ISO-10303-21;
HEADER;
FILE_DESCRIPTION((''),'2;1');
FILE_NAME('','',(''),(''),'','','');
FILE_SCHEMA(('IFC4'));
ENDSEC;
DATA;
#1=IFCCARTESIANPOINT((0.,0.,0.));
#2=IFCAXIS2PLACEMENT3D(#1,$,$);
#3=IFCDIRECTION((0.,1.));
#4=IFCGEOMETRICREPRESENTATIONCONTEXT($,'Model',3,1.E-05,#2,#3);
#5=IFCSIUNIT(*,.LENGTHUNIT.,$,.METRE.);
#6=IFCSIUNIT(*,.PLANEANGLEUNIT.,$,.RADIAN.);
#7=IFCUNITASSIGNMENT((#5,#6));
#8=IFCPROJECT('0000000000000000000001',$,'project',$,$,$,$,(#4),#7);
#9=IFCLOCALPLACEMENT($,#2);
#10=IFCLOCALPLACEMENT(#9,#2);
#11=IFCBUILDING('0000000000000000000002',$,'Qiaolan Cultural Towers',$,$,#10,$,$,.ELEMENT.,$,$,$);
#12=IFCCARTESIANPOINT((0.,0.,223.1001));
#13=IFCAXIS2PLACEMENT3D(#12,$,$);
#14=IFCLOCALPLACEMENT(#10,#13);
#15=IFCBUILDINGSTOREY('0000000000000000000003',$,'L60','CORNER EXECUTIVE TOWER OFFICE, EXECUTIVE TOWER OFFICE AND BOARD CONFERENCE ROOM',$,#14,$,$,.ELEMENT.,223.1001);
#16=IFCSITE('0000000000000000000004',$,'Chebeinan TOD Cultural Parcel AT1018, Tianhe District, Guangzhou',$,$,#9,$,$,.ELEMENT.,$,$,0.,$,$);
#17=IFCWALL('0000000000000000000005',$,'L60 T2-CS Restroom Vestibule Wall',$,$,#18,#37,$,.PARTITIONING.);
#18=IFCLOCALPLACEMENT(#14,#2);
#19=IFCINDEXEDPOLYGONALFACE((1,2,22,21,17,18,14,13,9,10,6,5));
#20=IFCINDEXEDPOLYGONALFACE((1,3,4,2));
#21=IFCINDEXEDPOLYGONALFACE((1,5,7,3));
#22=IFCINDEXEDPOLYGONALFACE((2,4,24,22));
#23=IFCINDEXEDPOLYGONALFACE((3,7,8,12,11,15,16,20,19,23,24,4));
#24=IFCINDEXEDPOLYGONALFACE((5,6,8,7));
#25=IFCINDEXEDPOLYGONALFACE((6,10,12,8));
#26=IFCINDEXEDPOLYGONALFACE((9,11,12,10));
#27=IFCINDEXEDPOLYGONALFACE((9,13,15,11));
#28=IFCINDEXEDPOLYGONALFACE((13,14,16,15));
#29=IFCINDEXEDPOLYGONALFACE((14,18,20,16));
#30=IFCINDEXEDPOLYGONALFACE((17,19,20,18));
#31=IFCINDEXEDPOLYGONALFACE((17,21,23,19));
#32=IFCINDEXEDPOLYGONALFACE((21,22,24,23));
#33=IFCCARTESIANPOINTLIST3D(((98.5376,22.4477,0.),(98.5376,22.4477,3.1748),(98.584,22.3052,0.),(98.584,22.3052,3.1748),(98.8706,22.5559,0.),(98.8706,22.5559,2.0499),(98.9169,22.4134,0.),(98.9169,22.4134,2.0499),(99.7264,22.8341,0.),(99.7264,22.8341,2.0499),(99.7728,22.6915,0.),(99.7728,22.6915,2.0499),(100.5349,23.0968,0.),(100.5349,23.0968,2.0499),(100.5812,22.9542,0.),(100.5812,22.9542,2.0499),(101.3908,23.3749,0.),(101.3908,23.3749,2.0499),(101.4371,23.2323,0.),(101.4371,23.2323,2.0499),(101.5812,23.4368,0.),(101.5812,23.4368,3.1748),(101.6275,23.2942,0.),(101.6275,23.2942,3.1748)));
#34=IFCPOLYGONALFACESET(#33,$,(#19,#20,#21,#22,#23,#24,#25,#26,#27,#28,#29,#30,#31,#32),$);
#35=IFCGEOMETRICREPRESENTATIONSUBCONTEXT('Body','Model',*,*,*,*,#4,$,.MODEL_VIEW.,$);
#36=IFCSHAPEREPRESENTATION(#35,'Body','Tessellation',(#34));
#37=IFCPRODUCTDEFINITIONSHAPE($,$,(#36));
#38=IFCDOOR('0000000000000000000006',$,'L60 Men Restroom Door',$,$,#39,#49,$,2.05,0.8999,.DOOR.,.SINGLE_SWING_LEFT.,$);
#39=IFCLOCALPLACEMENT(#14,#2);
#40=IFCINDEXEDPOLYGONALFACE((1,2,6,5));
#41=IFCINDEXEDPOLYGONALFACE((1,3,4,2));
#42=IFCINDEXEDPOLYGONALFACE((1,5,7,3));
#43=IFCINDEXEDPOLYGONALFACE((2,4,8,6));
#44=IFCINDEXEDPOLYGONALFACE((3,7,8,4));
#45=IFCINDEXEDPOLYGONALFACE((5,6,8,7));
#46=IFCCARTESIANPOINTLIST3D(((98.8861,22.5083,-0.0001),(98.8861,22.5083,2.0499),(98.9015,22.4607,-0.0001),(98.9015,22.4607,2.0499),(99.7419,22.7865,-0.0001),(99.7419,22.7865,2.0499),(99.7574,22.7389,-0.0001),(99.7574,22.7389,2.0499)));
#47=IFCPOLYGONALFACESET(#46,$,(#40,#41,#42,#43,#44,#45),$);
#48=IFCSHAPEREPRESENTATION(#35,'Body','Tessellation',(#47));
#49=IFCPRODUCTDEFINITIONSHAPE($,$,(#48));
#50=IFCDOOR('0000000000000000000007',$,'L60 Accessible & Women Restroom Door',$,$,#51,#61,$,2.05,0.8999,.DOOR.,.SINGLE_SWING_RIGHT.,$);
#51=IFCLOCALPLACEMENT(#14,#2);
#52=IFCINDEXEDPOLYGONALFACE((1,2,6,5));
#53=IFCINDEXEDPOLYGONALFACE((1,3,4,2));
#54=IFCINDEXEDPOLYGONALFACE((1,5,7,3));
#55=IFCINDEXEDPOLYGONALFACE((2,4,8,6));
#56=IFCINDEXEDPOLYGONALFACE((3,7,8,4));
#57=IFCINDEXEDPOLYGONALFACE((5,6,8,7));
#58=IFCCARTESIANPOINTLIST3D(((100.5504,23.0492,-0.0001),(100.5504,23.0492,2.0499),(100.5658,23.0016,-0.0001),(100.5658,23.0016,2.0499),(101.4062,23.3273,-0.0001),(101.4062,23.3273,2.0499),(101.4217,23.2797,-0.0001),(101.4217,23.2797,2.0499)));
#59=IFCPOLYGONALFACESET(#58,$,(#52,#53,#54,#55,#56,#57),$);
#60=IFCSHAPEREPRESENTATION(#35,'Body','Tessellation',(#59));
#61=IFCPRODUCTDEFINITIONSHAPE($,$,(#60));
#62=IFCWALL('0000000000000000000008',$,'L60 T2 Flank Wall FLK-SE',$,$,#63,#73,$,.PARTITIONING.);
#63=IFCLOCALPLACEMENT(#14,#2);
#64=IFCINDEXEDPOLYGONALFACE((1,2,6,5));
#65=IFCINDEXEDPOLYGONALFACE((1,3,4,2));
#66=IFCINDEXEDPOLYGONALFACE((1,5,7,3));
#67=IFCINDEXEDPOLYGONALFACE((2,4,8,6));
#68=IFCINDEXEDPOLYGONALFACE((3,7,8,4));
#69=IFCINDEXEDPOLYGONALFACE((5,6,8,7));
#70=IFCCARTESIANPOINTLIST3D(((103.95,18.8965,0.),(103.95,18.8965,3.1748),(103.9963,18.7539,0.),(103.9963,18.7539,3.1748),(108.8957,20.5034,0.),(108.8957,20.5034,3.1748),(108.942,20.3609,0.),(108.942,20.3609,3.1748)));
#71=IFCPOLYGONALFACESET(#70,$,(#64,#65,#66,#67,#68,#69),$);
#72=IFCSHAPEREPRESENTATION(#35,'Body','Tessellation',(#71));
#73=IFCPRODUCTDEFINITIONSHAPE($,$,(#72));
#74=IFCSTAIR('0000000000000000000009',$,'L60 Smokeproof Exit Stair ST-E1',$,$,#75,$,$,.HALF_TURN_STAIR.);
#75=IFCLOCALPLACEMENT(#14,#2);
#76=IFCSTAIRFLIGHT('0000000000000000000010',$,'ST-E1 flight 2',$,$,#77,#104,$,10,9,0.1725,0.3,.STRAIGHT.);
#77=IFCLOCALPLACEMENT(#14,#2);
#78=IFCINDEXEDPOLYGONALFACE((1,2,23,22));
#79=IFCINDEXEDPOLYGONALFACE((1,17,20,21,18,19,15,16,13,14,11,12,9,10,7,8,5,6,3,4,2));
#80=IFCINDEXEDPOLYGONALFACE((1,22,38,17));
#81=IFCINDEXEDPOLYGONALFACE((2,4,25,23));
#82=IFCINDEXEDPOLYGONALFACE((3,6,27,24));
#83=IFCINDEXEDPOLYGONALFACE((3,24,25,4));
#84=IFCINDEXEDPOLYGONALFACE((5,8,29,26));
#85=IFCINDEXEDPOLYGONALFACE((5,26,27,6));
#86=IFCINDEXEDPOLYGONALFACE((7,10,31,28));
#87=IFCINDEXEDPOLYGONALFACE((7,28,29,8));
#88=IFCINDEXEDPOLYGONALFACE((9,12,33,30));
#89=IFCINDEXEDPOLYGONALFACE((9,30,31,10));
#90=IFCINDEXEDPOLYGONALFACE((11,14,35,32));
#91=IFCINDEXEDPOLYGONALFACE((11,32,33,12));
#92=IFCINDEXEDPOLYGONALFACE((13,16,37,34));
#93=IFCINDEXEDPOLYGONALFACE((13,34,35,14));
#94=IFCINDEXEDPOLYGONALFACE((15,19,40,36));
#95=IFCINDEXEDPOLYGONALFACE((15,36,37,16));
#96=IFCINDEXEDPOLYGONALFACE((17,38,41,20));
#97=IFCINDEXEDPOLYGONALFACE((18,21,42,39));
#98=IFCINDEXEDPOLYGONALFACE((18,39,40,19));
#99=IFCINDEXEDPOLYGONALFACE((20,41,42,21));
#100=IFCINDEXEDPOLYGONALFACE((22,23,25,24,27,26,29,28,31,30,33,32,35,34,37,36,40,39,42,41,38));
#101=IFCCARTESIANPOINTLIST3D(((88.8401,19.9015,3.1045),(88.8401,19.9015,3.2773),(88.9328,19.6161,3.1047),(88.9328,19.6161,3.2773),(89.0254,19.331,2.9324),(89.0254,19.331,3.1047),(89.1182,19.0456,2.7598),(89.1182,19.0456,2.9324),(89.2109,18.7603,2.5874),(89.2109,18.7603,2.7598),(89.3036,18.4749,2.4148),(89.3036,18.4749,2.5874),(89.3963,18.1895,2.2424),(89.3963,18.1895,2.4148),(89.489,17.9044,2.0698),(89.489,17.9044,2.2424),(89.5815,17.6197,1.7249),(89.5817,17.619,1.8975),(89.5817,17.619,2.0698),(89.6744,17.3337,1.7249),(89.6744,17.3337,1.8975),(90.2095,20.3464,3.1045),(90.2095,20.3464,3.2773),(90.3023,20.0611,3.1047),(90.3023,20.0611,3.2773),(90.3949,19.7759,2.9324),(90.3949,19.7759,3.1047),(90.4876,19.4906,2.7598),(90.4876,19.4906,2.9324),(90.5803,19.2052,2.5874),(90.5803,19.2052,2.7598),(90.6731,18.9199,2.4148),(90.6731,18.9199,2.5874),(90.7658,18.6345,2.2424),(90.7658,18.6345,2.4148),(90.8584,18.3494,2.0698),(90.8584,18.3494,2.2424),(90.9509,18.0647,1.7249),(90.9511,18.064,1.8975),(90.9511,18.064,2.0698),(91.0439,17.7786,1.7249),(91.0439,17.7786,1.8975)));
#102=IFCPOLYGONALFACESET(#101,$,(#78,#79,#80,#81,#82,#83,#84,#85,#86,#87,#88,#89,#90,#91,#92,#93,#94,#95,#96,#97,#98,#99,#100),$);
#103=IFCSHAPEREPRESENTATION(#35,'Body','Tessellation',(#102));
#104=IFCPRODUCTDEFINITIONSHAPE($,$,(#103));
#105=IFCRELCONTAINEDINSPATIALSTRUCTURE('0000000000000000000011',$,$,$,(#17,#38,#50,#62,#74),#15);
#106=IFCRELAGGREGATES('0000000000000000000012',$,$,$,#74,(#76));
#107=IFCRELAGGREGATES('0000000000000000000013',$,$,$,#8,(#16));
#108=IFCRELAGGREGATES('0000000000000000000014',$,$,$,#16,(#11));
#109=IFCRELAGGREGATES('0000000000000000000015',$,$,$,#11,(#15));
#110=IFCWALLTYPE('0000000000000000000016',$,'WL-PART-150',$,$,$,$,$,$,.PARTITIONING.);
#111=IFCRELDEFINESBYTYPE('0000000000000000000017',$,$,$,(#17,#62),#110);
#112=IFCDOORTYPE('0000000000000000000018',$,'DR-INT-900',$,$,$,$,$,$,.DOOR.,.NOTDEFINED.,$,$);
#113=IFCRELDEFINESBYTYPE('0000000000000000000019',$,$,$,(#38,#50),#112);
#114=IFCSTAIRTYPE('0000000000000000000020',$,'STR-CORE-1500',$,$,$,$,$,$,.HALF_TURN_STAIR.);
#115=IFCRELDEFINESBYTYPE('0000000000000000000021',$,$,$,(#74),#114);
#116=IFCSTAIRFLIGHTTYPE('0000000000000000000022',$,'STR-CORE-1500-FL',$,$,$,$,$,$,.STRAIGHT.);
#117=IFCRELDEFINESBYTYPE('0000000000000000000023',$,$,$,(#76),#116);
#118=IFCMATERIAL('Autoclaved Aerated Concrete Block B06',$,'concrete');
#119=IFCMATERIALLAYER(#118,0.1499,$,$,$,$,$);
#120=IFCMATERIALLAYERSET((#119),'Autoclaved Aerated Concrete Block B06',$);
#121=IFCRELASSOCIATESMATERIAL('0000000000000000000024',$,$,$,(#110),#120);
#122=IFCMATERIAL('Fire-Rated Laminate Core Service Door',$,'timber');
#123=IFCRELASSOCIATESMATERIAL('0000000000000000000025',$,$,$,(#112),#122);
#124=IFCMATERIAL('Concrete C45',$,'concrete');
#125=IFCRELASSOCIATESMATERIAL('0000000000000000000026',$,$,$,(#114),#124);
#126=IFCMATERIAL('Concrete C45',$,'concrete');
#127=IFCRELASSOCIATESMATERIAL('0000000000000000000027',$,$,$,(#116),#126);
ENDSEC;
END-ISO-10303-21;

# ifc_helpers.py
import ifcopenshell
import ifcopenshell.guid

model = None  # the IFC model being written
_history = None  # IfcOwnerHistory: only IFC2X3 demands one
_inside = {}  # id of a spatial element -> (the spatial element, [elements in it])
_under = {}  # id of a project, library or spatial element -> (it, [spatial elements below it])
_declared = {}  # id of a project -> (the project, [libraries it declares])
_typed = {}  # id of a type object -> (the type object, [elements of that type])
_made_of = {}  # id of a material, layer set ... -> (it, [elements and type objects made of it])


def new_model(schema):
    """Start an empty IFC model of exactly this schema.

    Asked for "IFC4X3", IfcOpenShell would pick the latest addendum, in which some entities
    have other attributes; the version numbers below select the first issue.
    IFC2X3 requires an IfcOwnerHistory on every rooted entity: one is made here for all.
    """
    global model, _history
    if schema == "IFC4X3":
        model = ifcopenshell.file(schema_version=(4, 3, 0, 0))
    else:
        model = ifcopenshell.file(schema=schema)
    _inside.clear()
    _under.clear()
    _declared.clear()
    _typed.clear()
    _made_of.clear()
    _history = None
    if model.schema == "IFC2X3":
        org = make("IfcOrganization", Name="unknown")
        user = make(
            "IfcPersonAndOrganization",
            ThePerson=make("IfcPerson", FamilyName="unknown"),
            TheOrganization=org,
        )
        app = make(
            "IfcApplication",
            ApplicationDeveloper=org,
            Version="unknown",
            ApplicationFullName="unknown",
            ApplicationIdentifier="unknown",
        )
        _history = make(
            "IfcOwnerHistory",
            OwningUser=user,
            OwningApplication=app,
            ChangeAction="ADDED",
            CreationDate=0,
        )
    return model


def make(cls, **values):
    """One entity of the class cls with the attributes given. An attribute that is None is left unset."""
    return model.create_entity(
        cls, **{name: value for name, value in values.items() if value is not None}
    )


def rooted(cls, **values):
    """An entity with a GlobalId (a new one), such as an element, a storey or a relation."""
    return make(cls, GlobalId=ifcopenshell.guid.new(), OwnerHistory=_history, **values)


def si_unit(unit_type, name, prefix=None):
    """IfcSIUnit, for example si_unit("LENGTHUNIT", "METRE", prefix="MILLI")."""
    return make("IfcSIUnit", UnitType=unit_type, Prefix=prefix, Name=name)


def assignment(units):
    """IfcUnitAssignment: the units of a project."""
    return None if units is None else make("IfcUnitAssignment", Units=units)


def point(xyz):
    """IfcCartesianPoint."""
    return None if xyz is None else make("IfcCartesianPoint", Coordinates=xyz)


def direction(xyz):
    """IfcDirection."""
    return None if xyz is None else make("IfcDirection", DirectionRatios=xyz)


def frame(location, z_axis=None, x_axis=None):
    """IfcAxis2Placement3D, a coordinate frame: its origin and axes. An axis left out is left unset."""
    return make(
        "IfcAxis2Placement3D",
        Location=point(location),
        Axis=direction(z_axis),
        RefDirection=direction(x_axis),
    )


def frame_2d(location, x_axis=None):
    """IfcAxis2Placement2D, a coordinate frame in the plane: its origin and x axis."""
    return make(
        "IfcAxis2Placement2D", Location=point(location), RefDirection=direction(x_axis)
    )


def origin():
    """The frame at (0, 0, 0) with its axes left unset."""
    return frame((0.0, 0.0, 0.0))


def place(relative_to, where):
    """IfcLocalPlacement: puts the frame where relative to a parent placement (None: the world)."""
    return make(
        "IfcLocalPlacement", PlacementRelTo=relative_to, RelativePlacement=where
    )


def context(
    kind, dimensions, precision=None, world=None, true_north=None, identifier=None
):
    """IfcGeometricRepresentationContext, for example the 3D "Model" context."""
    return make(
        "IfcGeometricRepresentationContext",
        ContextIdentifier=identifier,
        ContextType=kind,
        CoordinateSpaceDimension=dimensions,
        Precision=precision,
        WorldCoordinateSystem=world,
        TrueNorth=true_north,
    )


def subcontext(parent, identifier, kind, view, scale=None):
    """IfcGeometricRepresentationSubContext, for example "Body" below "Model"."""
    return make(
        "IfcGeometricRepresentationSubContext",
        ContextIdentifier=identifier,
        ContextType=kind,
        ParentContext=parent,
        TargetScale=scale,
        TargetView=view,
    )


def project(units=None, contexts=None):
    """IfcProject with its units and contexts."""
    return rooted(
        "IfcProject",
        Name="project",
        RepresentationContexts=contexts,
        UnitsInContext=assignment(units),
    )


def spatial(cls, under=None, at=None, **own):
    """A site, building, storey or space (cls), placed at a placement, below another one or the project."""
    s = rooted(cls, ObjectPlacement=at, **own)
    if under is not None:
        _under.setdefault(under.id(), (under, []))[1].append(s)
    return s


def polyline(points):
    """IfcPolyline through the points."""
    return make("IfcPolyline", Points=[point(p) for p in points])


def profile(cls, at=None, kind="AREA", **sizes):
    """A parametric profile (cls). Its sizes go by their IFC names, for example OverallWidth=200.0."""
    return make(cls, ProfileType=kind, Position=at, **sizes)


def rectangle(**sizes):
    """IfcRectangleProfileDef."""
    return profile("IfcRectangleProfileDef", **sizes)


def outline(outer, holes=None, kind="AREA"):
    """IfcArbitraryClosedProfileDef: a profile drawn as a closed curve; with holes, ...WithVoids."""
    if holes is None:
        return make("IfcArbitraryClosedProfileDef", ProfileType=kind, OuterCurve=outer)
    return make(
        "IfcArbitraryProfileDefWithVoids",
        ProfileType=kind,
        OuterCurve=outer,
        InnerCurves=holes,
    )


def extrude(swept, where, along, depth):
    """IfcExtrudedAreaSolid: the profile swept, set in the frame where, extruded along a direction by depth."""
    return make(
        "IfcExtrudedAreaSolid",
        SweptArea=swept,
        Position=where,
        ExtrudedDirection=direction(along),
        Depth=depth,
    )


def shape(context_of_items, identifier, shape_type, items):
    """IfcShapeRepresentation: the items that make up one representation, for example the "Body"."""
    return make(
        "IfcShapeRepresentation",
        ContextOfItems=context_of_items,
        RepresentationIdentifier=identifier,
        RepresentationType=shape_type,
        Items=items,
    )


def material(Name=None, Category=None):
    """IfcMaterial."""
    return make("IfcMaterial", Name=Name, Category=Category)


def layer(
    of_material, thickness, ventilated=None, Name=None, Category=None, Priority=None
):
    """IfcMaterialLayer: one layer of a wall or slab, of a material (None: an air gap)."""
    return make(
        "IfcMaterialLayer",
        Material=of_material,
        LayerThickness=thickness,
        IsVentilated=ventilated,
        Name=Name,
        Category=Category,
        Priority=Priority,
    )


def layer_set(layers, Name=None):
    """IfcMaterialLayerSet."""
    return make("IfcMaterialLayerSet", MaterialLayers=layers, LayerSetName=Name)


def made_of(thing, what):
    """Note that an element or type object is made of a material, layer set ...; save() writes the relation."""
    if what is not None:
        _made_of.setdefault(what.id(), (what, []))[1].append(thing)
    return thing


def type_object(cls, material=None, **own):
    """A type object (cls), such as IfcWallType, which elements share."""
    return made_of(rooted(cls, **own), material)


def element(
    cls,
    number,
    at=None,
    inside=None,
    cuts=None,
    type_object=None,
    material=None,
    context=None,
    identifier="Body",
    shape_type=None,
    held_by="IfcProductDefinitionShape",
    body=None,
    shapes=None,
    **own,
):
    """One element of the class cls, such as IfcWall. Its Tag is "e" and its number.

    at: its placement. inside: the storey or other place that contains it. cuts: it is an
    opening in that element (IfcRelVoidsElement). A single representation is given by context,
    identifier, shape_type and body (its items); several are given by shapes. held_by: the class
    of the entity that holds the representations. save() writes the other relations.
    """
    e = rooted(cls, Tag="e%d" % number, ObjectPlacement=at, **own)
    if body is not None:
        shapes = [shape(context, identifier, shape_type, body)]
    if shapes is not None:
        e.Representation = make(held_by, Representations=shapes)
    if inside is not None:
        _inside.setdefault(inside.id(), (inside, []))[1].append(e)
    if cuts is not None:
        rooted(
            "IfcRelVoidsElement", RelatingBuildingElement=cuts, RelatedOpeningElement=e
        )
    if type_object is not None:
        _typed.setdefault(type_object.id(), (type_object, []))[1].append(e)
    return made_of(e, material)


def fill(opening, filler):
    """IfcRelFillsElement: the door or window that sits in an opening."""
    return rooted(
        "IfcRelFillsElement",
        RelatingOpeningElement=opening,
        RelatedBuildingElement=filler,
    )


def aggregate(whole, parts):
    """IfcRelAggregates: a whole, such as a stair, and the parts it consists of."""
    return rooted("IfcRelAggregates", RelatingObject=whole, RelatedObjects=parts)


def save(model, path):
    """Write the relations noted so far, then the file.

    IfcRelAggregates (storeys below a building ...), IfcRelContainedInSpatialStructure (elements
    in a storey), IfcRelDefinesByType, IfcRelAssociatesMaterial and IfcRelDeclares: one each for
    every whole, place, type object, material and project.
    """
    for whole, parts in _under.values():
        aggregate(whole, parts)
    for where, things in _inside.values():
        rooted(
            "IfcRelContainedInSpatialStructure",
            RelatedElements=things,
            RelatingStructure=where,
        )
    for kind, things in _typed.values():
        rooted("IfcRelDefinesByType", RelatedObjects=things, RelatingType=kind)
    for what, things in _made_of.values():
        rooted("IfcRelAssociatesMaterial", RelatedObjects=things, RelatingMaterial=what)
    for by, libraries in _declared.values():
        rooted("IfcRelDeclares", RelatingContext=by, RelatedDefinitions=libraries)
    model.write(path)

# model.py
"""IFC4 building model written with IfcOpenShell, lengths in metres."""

from ifc_helpers import new_model, si_unit, direction, frame, frame_2d, origin, place, context, subcontext, project, spatial, polyline, rectangle, outline, extrude, material, layer, layer_set, type_object, element, fill, aggregate, save


model = new_model("IFC4")

# Units and contexts
model_context = context("Model", 3, precision=1e-05, world=origin(), true_north=direction((0.0, 1.0)))
body_context = subcontext(model_context, "Body", "Model", "MODEL_VIEW")
ifc_project = project(units=[si_unit("LENGTHUNIT", "METRE"), si_unit("PLANEANGLEUNIT", "RADIAN")], contexts=[model_context])

# Site, building, storey
site_placement = place(None, origin())
site = spatial("IfcSite", under=ifc_project, at=site_placement, Name="Chebeinan TOD Cultural Parcel AT1018, Tianhe District, Guangzhou", CompositionType="ELEMENT", RefElevation=0.0)
building_placement = place(site_placement, origin())
building = spatial("IfcBuilding", under=site, at=building_placement, Name="Qiaolan Cultural Towers", CompositionType="ELEMENT")
storey_placement = place(building_placement, frame((0.0, 0.0, 223.1001)))
storey = spatial("IfcBuildingStorey", under=building, at=storey_placement, Name="L60", Description="CORNER EXECUTIVE TOWER OFFICE, EXECUTIVE TOWER OFFICE AND BOARD CONFERENCE ROOM", CompositionType="ELEMENT", Elevation=223.1001)

# Wall, openings, doors
ifc_material_1 = material(Name="Autoclaved Aerated Concrete Block B06", Category="concrete")
ifc_layer_1 = layer(ifc_material_1, 0.1499)
ifc_layer_set_1 = layer_set([ifc_layer_1], Name="Autoclaved Aerated Concrete Block B06")
wall_type_1 = type_object("IfcWallType", Name="WL-PART-150", PredefinedType="PARTITIONING", material=ifc_layer_set_1)
wall_1_placement = place(storey_placement, frame((98.5608, 22.3765, 0.0), z_axis=(0.0, 0.0, 1.0), x_axis=(0.951044, 0.309055, 0.0)))
wall_1 = element("IfcWall", 1, at=wall_1_placement, inside=storey, type_object=wall_type_1, Name="L60 T2-CS Restroom Vestibule Wall", PredefinedType="PARTITIONING", context=body_context, shape_type="SweptSolid", body=[
    extrude(rectangle(XDim=3.2002, YDim=0.1499, at=frame_2d((1.6001, 0.0))), origin(), (0.0, 0.0, 1.0), 3.1748),
])
opening_1_placement = place(wall_1_placement, frame((0.3501, 0.0, 0.0)))
opening_1 = element("IfcOpeningElement", 2, at=opening_1_placement, cuts=wall_1, PredefinedType="OPENING", context=body_context, shape_type="SweptSolid", body=[
    extrude(rectangle(XDim=0.8999, YDim=2.05, at=frame_2d((0.45, 1.0249))), frame((0.0, 0.085, 0.0), z_axis=(0.0, -1.0, 0.0), x_axis=(1.0, 0.0, 0.0)), (0.0, 0.0, 1.0), 0.1699),
])
opening_2_placement = place(wall_1_placement, frame((2.1001, 0.0, 0.0)))
opening_2 = element("IfcOpeningElement", 3, at=opening_2_placement, cuts=wall_1, PredefinedType="OPENING", context=body_context, shape_type="SweptSolid", body=[
    extrude(rectangle(XDim=0.8999, YDim=2.05, at=frame_2d((0.45, 1.0249))), frame((0.0, 0.085, 0.0), z_axis=(0.0, -1.0, 0.0), x_axis=(1.0, 0.0, 0.0)), (0.0, 0.0, 1.0), 0.1699),
])
ifc_material_2 = material(Name="Fire-Rated Laminate Core Service Door", Category="timber")
door_type_1 = type_object("IfcDoorType", Name="DR-INT-900", OperationType="NOTDEFINED", PredefinedType="DOOR", material=ifc_material_2)
door_1_placement = place(opening_1_placement, origin())
door_1 = element("IfcDoor", 4, at=door_1_placement, inside=storey, type_object=door_type_1, Name="L60 Men Restroom Door", OperationType="SINGLE_SWING_LEFT", OverallHeight=2.05, OverallWidth=0.8999, PredefinedType="DOOR", context=body_context, shape_type="SweptSolid", body=[
    extrude(rectangle(XDim=0.8999, YDim=2.05, at=frame_2d((0.45, 1.0249))), frame((0.0, 0.0249, 0.0), z_axis=(0.0, -1.0, 0.0), x_axis=(1.0, 0.0, 0.0)), (0.0, 0.0, 1.0), 0.05),
])
fill(opening_1, door_1)
door_2_placement = place(opening_2_placement, origin())
door_2 = element("IfcDoor", 5, at=door_2_placement, inside=storey, type_object=door_type_1, Name="L60 Accessible & Women Restroom Door", OperationType="SINGLE_SWING_RIGHT", OverallHeight=2.05, OverallWidth=0.8999, PredefinedType="DOOR", context=body_context, shape_type="SweptSolid", body=[
    extrude(rectangle(XDim=0.8999, YDim=2.05, at=frame_2d((0.45, 1.0249))), frame((0.0, 0.0249, 0.0), z_axis=(0.0, -1.0, 0.0), x_axis=(1.0, 0.0, 0.0)), (0.0, 0.0, 1.0), 0.05),
])
fill(opening_2, door_2)

# Wall
wall_2_placement = place(storey_placement, frame((103.9731, 18.8252, 0.0), z_axis=(0.0, 0.0, 1.0), x_axis=(0.951055, 0.309021, 0.0)))
element("IfcWall", 6, at=wall_2_placement, inside=storey, type_object=wall_type_1, Name="L60 T2 Flank Wall FLK-SE", PredefinedType="PARTITIONING", context=body_context, shape_type="SweptSolid", body=[
    extrude(rectangle(XDim=5.2002, YDim=0.1499, at=frame_2d((2.6001, 0.0))), origin(), (0.0, 0.0, 1.0), 3.1748),
])

# Stair, stair flight
ifc_material_3 = material(Name="Concrete C45", Category="concrete")
stair_type = type_object("IfcStairType", Name="STR-CORE-1500", PredefinedType="HALF_TURN_STAIR", material=ifc_material_3)
stair_placement = place(storey_placement, origin())
stair = element("IfcStair", 7, at=stair_placement, inside=storey, type_object=stair_type, Name="L60 Smokeproof Exit Stair ST-E1", PredefinedType="HALF_TURN_STAIR")
ifc_material_4 = material(Name="Concrete C45", Category="concrete")
stair_flight_type = type_object("IfcStairFlightType", Name="STR-CORE-1500-FL", PredefinedType="STRAIGHT", material=ifc_material_4)
stair_flight_placement = place(storey_placement, frame((90.3591, 17.5562, 1.7249), z_axis=(0.0, 0.0, 1.0), x_axis=(-0.309017, 0.951057, 0.0)))
stair_flight = element("IfcStairFlight", 8, at=stair_flight_placement, type_object=stair_flight_type, Name="ST-E1 flight 2", NumberOfRisers=10, NumberOfTreads=9, PredefinedType="STRAIGHT", RiserHeight=0.1725, TreadLength=0.3, context=body_context, shape_type="SweptSolid", body=[
    extrude(outline(polyline([(0.0, 0.0), (0.0, 0.1726), (0.3, 0.1726), (0.3, 0.345), (0.6001, 0.345), (0.6001, 0.5176), (0.8999, 0.5176), (0.8999, 0.6899), (1.2, 0.6899), (1.2, 0.8625), (1.5, 0.8625), (1.5, 1.0349), (1.8, 1.0349), (1.8, 1.2075), (2.1001, 1.2075), (2.1001, 1.3799), (2.3999, 1.3799), (2.3999, 1.5525), (2.7, 1.5525), (2.7, 1.7251), (2.7, 1.3796), (0.3008, 0.0), (0.0, 0.0)])), frame((0.0, 0.72, 0.0), z_axis=(0.0, -1.0, 0.0), x_axis=(1.0, 0.0, 0.0)), (0.0, 0.0, 1.0), 1.4399),
])
aggregate(stair, [stair_flight])

save(model, "model.ifc")
